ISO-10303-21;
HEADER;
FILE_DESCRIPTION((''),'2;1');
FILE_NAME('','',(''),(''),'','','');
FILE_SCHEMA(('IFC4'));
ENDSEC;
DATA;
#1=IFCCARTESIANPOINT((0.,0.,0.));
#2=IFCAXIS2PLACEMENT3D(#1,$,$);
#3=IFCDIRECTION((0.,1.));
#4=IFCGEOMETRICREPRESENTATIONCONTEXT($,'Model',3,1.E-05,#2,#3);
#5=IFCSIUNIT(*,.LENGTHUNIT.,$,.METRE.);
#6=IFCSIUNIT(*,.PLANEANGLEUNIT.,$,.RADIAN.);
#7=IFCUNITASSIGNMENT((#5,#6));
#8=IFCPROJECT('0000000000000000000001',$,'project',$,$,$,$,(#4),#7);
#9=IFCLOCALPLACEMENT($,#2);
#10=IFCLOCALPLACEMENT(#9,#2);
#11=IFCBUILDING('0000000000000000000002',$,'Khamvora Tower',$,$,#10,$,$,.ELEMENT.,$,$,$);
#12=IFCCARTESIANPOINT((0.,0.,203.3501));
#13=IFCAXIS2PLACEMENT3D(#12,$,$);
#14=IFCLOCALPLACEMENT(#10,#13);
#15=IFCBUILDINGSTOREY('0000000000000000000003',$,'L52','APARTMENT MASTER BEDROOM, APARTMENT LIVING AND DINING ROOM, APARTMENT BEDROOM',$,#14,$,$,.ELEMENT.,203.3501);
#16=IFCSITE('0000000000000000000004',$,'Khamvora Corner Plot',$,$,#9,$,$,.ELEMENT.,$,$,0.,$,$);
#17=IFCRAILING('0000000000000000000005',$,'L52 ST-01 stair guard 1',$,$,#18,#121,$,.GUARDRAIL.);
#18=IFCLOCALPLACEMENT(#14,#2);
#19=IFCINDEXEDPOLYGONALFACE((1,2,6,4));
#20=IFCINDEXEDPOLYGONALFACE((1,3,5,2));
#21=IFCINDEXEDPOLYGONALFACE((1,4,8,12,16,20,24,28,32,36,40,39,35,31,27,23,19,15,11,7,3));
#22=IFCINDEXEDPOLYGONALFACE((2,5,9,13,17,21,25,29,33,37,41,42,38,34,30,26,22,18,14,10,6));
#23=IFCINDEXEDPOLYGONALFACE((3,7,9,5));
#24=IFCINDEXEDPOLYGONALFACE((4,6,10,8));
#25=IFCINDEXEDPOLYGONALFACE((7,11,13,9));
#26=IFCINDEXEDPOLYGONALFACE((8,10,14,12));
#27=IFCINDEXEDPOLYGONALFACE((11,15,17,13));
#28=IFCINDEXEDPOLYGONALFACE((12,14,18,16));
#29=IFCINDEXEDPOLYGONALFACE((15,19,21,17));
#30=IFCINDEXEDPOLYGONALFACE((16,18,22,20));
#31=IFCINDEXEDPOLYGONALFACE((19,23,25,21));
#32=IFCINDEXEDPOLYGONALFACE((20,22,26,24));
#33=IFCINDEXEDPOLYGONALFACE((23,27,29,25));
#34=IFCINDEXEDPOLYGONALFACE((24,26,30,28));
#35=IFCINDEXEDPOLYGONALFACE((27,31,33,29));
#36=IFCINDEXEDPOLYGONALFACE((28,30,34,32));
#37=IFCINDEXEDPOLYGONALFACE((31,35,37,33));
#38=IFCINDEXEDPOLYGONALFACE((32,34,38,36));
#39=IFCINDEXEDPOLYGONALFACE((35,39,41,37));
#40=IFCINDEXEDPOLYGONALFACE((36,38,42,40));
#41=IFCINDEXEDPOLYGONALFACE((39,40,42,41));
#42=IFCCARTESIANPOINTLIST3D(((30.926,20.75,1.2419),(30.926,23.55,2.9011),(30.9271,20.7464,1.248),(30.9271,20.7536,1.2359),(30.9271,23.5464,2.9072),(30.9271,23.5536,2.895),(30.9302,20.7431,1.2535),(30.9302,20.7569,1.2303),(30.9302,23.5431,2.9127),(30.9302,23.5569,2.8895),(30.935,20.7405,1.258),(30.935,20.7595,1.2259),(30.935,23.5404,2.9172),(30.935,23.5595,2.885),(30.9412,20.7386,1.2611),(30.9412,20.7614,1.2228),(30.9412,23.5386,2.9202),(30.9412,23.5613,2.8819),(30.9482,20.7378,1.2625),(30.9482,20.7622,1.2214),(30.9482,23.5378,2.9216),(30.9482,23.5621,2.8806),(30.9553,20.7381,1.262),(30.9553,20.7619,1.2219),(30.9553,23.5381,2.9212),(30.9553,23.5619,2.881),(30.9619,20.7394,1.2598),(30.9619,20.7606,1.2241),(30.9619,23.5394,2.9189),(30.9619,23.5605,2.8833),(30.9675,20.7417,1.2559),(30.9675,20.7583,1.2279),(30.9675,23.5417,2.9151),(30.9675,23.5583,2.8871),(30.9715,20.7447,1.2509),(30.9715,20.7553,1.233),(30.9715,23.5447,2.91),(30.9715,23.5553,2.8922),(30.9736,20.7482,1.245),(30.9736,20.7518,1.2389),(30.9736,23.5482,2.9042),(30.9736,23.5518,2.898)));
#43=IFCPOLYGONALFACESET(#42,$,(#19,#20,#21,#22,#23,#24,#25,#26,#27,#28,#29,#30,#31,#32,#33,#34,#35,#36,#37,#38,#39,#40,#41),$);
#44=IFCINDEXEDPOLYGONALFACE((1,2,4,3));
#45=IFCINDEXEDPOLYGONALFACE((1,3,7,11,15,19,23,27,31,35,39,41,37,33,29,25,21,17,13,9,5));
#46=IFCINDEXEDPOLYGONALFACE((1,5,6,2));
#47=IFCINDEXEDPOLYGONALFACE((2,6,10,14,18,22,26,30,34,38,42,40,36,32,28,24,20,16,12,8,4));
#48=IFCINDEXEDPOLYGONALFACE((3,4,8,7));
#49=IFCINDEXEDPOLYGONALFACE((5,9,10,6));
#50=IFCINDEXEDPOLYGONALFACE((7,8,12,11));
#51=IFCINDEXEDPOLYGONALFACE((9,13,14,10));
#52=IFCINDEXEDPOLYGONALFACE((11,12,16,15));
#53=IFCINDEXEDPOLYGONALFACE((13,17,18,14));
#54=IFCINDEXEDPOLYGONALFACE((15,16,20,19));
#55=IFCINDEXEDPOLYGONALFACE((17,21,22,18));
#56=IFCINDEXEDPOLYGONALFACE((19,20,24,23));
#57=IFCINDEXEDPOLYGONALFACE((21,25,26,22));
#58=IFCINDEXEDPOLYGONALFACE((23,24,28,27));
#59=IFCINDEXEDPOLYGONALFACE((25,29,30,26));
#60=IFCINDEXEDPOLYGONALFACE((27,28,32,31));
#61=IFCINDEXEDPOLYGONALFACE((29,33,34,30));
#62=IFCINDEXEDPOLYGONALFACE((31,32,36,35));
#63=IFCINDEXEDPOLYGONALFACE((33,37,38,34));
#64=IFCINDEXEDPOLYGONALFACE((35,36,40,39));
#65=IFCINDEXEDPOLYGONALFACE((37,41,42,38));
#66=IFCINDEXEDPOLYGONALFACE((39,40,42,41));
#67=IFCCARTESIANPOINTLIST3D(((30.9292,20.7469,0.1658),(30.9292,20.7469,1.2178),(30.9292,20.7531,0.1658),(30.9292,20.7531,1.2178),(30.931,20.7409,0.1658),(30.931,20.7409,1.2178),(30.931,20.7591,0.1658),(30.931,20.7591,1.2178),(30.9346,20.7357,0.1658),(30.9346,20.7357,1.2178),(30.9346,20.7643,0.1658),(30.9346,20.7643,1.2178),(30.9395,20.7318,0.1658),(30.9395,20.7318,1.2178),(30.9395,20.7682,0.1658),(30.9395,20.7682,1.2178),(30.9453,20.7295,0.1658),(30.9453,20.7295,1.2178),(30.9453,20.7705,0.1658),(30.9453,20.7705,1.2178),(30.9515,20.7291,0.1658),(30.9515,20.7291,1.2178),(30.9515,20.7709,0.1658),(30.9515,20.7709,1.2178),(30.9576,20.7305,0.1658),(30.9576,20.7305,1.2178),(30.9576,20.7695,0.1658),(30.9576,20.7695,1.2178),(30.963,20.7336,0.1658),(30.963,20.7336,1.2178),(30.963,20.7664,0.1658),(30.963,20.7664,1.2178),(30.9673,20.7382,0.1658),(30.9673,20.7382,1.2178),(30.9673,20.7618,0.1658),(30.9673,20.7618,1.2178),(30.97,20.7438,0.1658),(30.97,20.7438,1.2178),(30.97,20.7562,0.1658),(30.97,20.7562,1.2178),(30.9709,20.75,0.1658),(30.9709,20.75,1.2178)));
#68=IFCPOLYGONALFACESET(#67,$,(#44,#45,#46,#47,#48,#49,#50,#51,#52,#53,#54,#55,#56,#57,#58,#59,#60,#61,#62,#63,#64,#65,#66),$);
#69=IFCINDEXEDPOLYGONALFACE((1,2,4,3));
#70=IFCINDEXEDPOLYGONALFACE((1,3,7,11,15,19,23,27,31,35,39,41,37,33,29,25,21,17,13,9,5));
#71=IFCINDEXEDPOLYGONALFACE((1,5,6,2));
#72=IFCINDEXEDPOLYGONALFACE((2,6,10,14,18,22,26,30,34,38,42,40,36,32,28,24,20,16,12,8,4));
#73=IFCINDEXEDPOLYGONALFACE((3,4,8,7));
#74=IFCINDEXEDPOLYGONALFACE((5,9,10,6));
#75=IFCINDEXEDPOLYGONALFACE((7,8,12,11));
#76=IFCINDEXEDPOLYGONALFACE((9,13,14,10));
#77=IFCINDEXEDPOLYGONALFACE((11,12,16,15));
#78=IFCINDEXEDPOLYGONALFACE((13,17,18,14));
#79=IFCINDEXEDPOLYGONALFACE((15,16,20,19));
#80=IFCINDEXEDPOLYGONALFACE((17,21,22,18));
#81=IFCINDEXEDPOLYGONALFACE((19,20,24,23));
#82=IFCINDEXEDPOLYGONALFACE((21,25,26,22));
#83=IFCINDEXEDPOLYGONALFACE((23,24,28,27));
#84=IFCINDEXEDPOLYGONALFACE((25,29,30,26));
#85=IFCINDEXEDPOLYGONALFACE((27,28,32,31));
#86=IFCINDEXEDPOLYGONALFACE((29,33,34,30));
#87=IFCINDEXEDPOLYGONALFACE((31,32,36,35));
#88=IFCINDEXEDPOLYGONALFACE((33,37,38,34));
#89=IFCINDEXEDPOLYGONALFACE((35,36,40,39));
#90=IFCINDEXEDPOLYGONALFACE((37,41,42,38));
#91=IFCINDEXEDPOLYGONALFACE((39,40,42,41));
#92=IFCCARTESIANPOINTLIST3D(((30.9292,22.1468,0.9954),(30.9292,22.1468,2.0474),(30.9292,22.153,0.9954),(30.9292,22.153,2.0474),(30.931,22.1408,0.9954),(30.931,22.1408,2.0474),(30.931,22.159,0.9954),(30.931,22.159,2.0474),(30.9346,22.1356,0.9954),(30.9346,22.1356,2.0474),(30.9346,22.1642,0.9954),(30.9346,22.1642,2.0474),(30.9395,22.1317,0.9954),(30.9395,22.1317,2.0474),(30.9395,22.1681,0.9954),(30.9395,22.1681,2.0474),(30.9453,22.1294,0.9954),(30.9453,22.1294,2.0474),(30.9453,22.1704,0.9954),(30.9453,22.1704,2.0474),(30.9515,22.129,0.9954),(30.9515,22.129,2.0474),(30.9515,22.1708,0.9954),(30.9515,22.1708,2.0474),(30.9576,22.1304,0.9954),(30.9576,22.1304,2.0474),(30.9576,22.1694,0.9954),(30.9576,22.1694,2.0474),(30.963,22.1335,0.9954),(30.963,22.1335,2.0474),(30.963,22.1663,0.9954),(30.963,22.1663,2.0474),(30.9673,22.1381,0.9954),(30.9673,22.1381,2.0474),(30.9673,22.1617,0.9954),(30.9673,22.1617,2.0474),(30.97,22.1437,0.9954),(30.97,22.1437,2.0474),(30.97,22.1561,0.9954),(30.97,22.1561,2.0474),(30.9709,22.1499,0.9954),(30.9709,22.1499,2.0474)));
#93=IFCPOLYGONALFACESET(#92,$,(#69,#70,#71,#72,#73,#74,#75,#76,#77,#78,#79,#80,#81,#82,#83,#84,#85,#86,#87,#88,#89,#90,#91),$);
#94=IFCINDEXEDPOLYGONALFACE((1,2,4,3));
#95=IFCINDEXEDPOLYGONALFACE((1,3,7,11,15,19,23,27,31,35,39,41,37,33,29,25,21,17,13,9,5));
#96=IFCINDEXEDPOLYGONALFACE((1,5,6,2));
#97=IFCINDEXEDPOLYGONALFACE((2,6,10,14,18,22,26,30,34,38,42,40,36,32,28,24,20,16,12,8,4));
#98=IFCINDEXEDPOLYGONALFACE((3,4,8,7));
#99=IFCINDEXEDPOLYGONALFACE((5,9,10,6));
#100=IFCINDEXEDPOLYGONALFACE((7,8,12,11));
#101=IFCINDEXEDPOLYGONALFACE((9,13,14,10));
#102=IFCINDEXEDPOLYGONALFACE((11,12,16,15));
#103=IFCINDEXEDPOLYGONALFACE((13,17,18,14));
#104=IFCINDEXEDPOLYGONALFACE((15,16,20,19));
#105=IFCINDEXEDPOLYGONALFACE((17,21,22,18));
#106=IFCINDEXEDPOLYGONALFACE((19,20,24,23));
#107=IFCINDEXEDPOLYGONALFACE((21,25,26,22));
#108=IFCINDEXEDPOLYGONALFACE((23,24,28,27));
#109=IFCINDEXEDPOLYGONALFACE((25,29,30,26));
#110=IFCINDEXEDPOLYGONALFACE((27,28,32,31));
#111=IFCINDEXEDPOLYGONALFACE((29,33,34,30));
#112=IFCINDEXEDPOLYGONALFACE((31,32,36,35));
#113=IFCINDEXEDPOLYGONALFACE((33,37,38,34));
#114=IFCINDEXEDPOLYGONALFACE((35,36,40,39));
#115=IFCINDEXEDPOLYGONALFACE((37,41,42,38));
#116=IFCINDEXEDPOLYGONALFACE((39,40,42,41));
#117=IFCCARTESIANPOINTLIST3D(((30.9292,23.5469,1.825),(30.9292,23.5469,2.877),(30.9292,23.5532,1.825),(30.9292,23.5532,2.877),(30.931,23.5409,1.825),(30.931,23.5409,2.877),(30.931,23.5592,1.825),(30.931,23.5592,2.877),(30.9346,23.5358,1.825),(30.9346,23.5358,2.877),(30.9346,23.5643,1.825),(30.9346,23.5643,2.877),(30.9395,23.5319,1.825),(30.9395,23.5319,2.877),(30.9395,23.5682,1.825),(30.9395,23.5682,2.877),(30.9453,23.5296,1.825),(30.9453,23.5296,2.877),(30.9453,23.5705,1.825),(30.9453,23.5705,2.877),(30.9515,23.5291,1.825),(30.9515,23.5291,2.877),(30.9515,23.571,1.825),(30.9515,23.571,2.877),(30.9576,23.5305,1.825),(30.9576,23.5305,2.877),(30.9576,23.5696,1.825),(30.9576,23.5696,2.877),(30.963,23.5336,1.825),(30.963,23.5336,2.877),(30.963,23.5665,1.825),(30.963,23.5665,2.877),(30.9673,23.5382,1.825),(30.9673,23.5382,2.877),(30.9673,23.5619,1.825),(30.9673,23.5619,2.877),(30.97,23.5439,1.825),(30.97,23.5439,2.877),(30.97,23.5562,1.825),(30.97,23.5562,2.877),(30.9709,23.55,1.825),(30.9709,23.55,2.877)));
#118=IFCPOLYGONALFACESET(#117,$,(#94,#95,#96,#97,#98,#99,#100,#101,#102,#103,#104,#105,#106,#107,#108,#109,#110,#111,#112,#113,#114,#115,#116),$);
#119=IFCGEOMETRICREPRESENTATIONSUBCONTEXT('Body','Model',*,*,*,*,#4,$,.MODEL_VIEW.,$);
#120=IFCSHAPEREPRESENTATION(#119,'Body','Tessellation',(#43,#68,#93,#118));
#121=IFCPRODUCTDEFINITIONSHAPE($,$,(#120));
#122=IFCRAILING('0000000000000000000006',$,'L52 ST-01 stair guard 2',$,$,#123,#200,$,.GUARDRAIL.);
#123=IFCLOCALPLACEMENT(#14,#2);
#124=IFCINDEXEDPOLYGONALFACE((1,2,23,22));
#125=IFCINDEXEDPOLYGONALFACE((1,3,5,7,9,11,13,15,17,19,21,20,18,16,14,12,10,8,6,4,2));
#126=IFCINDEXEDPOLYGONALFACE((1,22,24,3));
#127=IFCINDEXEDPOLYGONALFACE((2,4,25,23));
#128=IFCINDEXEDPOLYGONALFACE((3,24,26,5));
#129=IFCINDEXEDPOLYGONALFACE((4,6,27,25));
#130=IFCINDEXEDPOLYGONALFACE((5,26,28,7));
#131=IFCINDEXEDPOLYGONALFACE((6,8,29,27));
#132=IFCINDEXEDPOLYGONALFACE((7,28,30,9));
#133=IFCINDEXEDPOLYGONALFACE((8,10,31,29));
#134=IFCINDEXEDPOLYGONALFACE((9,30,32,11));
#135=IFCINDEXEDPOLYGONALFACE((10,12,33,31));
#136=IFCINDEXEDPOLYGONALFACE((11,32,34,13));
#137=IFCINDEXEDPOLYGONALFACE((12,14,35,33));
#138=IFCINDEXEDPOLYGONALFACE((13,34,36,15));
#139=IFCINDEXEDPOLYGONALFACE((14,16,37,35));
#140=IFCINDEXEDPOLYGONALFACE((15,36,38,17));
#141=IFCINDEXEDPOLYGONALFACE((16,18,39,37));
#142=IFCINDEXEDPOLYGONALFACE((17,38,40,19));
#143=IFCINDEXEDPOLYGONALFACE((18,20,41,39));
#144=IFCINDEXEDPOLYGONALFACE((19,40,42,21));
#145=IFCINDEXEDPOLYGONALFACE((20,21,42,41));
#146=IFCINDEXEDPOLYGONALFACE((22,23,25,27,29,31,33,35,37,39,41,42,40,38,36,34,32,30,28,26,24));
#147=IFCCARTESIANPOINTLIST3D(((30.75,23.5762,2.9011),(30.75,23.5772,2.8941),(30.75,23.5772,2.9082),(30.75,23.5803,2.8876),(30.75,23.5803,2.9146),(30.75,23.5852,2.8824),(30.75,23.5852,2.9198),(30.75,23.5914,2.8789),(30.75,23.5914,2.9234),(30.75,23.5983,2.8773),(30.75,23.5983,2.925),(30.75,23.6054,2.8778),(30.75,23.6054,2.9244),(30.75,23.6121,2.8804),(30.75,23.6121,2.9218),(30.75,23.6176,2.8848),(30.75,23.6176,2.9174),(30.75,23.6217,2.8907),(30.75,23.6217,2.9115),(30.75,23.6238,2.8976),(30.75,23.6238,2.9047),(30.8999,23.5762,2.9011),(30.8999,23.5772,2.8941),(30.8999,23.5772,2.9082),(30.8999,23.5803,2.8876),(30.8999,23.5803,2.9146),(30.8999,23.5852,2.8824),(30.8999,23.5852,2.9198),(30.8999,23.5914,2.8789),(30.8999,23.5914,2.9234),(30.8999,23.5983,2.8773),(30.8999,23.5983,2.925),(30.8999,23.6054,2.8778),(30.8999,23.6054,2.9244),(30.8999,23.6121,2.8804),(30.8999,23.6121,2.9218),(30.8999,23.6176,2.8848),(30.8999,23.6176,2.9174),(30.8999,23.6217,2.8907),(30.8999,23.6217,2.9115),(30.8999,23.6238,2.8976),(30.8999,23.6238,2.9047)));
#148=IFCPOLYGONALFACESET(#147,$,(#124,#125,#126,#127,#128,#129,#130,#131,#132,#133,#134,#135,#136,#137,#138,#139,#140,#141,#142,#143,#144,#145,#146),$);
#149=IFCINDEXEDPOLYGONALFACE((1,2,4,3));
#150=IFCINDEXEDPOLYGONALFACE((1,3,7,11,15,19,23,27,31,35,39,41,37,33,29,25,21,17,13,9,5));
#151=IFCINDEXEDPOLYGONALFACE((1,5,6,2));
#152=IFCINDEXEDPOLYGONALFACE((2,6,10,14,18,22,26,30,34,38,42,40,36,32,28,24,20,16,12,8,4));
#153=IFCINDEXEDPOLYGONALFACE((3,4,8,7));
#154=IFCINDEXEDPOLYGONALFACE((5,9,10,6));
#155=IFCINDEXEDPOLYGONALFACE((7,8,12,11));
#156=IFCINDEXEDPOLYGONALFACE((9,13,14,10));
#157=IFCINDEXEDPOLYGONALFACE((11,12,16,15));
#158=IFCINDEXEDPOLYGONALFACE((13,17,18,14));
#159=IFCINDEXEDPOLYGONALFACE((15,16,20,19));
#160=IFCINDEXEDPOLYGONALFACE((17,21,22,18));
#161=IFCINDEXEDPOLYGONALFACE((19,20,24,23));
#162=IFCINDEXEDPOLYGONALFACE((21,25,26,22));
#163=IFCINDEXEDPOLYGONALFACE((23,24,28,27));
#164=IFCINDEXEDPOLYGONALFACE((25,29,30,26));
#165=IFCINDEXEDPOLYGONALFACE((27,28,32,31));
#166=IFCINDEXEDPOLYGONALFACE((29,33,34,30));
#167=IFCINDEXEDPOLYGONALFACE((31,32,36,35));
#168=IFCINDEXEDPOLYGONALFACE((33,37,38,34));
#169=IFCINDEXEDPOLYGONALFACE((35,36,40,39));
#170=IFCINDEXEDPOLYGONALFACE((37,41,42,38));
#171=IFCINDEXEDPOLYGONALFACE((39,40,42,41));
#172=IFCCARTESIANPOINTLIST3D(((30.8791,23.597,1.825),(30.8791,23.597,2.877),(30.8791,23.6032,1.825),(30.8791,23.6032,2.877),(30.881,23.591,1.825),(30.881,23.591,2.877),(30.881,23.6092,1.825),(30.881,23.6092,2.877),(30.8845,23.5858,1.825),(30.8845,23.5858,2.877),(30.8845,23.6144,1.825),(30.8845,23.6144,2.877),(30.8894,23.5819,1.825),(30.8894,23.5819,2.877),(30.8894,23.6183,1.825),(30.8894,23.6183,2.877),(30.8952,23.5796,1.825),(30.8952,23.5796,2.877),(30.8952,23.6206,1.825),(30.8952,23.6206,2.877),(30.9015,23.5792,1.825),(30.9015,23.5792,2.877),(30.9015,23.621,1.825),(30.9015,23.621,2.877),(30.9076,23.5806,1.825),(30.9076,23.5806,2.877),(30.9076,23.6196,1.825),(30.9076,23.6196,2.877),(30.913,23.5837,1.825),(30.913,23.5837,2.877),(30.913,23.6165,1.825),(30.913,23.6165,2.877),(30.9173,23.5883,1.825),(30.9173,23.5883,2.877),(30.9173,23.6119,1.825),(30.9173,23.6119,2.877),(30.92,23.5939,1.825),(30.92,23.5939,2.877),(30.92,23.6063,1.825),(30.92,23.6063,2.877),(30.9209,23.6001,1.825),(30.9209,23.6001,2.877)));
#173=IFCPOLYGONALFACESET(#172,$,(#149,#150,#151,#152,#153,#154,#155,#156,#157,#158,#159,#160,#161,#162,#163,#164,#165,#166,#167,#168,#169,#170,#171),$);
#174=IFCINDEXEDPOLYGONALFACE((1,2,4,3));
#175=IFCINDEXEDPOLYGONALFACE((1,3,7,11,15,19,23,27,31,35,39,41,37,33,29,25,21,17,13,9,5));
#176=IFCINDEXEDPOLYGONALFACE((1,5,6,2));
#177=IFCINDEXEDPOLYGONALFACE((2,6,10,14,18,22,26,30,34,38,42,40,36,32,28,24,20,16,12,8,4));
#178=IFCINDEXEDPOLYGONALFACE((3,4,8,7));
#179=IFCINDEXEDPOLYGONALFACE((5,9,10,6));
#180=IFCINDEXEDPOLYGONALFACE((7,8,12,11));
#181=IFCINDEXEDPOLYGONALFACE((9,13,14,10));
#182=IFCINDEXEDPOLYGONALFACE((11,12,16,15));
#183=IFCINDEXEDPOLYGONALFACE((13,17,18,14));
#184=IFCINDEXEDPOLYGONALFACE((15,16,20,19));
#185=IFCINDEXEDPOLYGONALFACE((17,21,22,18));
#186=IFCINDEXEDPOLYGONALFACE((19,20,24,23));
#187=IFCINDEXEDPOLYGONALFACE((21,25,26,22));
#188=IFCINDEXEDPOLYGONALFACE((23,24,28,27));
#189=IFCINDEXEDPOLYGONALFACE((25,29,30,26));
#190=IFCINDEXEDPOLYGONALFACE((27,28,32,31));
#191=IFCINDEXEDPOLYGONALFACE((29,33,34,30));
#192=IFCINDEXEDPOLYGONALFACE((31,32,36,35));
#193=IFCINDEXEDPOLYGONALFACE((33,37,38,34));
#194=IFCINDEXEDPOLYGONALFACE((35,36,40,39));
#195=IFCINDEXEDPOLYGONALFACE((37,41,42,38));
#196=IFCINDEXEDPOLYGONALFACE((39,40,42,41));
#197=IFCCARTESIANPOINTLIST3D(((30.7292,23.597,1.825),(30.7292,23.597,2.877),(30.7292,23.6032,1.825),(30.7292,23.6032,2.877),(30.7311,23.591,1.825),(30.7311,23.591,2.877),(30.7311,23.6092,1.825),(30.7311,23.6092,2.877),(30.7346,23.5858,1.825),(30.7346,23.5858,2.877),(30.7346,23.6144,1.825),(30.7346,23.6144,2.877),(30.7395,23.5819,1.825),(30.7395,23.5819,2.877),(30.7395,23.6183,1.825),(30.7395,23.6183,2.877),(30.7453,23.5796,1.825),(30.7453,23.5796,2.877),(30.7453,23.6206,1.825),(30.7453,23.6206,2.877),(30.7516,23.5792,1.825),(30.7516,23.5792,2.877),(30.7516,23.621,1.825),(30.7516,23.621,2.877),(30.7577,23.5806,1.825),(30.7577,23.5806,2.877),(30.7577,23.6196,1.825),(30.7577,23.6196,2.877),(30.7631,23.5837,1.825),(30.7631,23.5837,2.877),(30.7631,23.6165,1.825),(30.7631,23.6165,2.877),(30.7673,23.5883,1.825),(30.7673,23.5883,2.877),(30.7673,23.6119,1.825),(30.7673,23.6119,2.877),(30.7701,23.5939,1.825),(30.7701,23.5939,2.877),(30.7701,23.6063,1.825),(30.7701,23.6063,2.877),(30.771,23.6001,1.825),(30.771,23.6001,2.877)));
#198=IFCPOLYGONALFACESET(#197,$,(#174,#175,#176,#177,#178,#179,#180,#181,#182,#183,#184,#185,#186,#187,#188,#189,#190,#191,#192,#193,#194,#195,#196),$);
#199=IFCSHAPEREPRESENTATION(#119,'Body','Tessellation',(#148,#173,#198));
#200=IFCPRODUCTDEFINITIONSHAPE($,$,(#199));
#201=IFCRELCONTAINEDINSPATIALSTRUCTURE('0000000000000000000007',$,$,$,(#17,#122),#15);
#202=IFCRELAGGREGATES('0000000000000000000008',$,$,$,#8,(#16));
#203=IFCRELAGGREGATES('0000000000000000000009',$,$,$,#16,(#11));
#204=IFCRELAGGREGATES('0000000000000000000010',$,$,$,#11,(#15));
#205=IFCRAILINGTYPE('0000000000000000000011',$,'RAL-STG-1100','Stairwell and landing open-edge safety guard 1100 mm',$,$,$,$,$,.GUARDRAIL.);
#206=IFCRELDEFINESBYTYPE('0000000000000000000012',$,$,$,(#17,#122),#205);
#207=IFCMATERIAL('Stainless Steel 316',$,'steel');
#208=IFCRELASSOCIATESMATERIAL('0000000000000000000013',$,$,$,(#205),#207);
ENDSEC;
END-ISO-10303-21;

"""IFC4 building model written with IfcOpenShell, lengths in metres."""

from ifc_helpers import new_model, si_unit, direction, frame, origin, origin_2d, place, context, subcontext, project, spatial, circle, extrude, material, type_object, element, save


model = new_model("IFC4")

# Units and contexts
model_context = context("Model", 3, precision=1e-05, world=origin(), true_north=direction((0.0, 1.0)))
body_context = subcontext(model_context, "Body", "Model", "MODEL_VIEW")
ifc_project = project(units=[si_unit("LENGTHUNIT", "METRE"), si_unit("PLANEANGLEUNIT", "RADIAN")], contexts=[model_context])

# Site, building, storey
site_placement = place(None, origin())
site = spatial("IfcSite", under=ifc_project, at=site_placement, Name="Khamvora Corner Plot", CompositionType="ELEMENT", RefElevation=0.0)
building_placement = place(site_placement, origin())
building = spatial("IfcBuilding", under=site, at=building_placement, Name="Khamvora Tower", CompositionType="ELEMENT")
storey_placement = place(building_placement, frame((0.0, 0.0, 203.3501)))
storey = spatial("IfcBuildingStorey", under=building, at=storey_placement, Name="L52", Description="APARTMENT MASTER BEDROOM, APARTMENT LIVING AND DINING ROOM, APARTMENT BEDROOM", CompositionType="ELEMENT", Elevation=203.3501)

# Railings
ifc_material_1 = material(Name="Stainless Steel 316", Category="steel")
railing_type_1 = type_object("IfcRailingType", Name="RAL-STG-1100", Description="Stairwell and landing open-edge safety guard 1100 mm", PredefinedType="GUARDRAIL", material=ifc_material_1)
railing_1_placement = place(storey_placement, frame((30.95, 20.75, 0.1658)))
element("IfcRailing", 1, at=railing_1_placement, inside=storey, type_object=railing_type_1, Name="L52 ST-01 stair guard 1", PredefinedType="GUARDRAIL", context=body_context, shape_type="SweptSolid", body=[
    extrude(circle(Radius=0.0239, at=origin_2d()), frame((0.0, 0.0, 1.0762), z_axis=(0.0, 0.860306, 0.509778), x_axis=(-1.0, 0.0, 0.0)), (0.0, 0.0, 1.0), 3.2546),
    extrude(circle(Radius=0.021, at=origin_2d()), origin(), (0.0, 0.0, 1.0), 1.052),
    extrude(circle(Radius=0.021, at=origin_2d()), frame((0.0, 1.3999, 0.8296)), (0.0, 0.0, 1.0), 1.052),
    extrude(circle(Radius=0.021, at=origin_2d()), frame((0.0, 2.8, 1.6592)), (0.0, 0.0, 1.0), 1.052),
])
railing_2_placement = place(storey_placement, frame((30.8999, 23.6001, 1.825)))
element("IfcRailing", 2, at=railing_2_placement, inside=storey, type_object=railing_type_1, Name="L52 ST-01 stair guard 2", PredefinedType="GUARDRAIL", context=body_context, shape_type="SweptSolid", body=[
    extrude(circle(Radius=0.0239, at=origin_2d()), frame((0.0, 0.0, 1.0762), z_axis=(-1.0, 0.0, 0.0), x_axis=(0.0, -1.0, 0.0)), (0.0, 0.0, 1.0), 0.1499),
    extrude(circle(Radius=0.021, at=origin_2d()), origin(), (0.0, 0.0, 1.0), 1.052),
    extrude(circle(Radius=0.021, at=origin_2d()), frame((-0.1499, 0.0, 0.0)), (0.0, 0.0, 1.0), 1.052),
])

save(model, "model.ifc")
